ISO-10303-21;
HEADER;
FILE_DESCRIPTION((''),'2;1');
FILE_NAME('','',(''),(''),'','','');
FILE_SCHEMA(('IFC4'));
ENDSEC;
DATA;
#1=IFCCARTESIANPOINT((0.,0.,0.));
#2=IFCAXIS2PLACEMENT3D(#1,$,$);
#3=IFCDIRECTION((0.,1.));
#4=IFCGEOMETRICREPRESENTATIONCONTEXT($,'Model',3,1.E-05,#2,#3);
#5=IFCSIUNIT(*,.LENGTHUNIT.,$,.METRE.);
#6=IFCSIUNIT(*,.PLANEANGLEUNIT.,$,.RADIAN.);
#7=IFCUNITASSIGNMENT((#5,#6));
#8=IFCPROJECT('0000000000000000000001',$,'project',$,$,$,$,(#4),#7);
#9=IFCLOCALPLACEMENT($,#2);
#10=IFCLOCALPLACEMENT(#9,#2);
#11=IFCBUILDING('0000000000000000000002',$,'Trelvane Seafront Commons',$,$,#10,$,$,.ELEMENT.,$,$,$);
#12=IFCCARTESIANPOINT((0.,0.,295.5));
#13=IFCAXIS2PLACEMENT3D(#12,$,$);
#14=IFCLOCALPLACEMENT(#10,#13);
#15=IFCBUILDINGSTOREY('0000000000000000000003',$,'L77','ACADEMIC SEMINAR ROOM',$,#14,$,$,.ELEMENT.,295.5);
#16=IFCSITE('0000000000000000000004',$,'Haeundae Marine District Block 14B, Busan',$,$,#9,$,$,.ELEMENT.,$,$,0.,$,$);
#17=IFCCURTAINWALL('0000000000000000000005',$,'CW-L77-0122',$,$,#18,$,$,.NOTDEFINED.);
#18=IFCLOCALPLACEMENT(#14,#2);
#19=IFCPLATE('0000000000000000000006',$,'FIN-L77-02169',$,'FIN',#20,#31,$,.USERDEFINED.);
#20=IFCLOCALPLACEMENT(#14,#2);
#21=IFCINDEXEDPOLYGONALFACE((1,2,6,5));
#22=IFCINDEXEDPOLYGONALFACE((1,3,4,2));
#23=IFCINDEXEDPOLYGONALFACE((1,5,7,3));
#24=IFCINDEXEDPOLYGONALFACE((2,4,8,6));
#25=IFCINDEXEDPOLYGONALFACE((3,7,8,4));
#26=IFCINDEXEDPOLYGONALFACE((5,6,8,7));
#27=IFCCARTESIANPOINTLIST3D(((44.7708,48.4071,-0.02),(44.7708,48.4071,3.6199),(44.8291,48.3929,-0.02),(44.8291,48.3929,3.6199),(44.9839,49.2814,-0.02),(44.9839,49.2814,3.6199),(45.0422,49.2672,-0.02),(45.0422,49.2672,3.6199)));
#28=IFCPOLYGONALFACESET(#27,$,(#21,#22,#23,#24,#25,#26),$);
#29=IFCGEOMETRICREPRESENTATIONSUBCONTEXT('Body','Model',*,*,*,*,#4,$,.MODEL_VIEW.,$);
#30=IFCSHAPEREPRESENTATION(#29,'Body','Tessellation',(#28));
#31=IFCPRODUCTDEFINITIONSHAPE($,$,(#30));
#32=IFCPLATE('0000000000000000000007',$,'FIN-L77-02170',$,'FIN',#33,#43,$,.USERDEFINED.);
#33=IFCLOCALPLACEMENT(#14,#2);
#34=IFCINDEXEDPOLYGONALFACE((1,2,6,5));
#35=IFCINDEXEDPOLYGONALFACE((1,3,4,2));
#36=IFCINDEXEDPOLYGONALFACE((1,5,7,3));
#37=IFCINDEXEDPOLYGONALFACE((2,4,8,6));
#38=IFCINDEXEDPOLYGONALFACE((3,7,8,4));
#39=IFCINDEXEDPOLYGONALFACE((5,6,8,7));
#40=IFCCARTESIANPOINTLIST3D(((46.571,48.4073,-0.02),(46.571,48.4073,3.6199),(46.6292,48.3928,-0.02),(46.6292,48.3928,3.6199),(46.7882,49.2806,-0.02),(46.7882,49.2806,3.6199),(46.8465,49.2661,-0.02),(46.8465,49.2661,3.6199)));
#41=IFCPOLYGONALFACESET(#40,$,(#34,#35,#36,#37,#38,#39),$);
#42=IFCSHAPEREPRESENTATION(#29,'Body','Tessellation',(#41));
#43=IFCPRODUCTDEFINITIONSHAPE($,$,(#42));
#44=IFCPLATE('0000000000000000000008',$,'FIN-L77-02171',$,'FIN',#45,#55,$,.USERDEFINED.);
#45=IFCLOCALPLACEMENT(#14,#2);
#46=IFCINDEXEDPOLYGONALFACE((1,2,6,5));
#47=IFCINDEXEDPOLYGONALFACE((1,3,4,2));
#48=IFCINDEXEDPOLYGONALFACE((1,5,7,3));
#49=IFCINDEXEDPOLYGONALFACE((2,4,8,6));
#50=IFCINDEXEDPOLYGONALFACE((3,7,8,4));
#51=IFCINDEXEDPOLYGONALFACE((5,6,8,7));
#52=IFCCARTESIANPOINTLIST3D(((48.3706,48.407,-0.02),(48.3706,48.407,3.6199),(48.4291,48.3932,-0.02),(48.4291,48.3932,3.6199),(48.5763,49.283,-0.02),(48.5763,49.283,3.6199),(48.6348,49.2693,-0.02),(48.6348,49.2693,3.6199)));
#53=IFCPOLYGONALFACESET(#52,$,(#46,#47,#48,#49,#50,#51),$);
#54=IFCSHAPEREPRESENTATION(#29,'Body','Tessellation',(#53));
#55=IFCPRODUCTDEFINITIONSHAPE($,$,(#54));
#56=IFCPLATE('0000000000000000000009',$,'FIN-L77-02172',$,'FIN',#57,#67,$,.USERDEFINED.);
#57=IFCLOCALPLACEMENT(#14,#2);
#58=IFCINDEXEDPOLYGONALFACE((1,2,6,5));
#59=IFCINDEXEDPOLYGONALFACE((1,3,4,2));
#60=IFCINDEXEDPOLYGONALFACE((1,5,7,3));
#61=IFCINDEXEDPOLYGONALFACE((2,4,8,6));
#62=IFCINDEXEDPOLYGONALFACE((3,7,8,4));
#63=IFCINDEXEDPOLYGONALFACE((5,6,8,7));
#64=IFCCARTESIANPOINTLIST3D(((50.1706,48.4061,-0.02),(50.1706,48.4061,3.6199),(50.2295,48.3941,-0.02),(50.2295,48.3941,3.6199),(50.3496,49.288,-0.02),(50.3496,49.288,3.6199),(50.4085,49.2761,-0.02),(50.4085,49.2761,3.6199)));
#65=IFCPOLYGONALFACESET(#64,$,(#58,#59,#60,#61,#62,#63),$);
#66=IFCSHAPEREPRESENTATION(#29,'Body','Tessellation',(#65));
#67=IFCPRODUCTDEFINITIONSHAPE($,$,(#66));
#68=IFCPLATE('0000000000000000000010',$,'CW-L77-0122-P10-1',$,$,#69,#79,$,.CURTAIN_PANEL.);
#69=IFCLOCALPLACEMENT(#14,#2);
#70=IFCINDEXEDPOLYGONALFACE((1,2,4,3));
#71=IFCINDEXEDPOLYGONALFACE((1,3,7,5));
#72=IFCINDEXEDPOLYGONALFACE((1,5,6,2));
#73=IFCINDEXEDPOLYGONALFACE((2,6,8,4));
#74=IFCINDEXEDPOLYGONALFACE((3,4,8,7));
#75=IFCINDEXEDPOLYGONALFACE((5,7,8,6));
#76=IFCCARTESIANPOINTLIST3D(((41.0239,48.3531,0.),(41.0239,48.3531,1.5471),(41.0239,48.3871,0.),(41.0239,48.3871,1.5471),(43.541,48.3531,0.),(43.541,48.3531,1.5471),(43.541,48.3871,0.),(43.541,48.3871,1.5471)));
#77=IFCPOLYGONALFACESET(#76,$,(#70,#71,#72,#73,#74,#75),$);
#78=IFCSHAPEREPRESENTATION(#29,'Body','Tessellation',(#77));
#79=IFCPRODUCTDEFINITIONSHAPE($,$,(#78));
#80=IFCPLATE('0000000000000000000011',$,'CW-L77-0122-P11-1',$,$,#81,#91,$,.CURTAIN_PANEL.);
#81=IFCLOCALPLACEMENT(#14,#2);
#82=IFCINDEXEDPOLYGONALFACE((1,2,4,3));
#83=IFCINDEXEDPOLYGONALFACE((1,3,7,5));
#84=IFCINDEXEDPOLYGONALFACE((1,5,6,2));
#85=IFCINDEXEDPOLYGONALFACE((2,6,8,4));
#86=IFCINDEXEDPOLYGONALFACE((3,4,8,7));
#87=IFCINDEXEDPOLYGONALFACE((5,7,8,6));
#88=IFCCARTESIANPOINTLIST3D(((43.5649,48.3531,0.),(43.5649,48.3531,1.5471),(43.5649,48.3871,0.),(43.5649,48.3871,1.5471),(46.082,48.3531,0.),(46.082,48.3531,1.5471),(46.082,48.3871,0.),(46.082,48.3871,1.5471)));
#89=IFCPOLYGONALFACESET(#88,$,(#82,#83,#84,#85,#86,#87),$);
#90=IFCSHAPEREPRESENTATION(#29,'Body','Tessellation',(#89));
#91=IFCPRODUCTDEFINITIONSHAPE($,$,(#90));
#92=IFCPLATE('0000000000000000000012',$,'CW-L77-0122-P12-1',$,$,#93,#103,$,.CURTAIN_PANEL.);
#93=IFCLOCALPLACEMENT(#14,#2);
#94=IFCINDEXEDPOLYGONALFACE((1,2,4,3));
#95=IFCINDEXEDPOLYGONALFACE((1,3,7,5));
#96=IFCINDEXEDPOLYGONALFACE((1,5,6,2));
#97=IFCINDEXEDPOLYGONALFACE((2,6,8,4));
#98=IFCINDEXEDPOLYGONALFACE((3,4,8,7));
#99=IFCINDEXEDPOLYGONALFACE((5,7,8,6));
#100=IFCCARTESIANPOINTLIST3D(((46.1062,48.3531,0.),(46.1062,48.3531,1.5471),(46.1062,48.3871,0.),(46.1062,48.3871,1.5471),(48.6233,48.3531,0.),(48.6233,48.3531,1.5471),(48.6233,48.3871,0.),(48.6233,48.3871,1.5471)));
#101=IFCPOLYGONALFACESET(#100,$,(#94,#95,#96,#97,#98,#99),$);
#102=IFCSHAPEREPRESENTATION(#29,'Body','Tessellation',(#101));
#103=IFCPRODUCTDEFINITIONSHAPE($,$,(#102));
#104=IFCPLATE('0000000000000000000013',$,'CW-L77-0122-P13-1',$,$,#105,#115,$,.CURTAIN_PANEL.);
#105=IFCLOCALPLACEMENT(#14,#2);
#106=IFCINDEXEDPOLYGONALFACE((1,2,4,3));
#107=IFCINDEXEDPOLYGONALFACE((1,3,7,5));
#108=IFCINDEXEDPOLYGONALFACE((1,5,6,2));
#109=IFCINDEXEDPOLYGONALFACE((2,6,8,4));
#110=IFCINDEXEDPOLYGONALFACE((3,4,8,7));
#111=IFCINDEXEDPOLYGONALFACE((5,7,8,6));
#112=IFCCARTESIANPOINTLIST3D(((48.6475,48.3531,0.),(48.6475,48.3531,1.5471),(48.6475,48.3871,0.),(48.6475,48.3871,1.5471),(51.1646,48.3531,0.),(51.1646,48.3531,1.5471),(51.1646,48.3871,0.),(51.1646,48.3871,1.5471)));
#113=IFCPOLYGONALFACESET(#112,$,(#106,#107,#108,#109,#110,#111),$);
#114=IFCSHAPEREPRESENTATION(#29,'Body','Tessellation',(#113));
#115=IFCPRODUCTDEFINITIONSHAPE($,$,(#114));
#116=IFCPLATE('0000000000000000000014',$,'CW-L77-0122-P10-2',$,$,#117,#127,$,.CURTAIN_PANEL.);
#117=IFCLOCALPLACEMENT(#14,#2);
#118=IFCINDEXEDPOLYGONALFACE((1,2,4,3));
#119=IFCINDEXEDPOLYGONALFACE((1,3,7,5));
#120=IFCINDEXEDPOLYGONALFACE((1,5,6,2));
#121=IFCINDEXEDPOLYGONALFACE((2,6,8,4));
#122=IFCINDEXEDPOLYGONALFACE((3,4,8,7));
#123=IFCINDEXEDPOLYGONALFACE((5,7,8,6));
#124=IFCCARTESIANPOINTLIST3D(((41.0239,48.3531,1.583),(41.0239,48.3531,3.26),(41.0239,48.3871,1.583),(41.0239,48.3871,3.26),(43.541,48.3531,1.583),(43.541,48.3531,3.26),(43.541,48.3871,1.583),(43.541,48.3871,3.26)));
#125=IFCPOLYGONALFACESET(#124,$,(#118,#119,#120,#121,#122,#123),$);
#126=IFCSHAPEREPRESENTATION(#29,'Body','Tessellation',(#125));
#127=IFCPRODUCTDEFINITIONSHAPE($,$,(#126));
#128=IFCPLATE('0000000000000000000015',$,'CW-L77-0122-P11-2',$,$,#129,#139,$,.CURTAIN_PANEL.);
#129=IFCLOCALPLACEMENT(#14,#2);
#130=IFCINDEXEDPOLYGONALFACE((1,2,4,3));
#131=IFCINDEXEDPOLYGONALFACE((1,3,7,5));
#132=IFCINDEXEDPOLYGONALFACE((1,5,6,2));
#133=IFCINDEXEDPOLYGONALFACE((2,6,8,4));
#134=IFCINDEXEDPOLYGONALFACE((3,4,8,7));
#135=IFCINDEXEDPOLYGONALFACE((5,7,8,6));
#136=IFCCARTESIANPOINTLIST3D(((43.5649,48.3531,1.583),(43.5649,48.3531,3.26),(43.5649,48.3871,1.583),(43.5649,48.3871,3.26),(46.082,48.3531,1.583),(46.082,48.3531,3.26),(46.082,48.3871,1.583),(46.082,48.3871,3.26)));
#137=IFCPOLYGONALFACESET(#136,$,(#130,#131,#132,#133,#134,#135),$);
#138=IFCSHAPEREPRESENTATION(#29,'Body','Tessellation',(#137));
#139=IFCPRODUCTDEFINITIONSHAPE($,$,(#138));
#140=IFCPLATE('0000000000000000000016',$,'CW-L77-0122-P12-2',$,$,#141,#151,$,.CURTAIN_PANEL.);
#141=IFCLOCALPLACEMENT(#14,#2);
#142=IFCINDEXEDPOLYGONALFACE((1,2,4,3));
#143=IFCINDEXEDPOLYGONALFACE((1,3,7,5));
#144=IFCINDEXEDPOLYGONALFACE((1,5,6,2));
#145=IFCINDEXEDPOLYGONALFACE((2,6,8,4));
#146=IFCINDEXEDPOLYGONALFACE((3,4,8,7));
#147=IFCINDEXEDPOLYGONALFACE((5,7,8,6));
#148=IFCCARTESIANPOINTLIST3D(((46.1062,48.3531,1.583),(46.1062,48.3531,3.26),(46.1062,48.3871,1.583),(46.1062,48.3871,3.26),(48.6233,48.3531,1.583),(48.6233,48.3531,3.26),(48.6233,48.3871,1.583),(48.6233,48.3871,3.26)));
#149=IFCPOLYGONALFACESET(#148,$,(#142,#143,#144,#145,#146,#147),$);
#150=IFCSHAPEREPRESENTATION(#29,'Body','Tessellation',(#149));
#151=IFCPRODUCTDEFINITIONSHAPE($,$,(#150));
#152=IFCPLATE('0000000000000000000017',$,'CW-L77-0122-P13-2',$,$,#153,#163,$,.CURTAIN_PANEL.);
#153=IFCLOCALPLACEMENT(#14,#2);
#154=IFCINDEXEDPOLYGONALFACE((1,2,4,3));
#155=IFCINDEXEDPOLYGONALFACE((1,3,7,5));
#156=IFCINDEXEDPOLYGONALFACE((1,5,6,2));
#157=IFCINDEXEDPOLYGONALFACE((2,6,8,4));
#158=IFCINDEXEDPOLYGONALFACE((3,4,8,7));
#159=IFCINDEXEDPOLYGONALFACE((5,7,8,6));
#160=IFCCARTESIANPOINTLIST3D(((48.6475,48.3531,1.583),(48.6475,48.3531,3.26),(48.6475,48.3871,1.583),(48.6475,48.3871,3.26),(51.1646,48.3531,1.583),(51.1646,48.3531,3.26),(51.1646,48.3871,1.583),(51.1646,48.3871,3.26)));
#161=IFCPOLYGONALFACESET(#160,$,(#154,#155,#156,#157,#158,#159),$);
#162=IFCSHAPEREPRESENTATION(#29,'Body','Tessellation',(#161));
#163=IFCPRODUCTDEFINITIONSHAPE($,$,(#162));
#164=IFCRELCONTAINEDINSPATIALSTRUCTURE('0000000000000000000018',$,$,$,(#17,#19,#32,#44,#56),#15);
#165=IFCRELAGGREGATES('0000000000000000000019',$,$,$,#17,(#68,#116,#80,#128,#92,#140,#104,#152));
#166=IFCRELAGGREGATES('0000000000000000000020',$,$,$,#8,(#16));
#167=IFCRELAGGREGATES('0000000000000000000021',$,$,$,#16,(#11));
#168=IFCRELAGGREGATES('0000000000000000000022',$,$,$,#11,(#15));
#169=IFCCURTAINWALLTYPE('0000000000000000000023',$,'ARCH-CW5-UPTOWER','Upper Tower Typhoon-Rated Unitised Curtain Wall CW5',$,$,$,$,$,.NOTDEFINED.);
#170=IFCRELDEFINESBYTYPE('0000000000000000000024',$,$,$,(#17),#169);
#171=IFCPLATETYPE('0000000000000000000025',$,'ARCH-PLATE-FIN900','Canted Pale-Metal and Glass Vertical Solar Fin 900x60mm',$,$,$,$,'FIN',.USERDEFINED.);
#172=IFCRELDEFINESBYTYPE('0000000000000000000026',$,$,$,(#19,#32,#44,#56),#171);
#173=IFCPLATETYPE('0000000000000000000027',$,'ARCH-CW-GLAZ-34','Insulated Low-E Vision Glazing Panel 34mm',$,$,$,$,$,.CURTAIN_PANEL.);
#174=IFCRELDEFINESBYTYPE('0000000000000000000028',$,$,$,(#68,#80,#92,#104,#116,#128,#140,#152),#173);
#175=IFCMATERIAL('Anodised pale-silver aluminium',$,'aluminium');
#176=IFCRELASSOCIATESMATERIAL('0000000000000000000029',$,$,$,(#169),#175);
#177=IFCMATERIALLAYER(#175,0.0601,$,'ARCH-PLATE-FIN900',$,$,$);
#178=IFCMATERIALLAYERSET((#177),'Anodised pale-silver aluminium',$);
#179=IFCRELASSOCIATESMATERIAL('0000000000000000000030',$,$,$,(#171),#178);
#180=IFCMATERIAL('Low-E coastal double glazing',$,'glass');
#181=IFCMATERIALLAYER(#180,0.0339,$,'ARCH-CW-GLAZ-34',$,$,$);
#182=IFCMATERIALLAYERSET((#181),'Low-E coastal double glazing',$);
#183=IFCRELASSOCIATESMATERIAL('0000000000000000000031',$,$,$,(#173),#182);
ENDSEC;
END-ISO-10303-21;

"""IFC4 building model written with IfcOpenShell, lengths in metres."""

from ifc_helpers import new_model, si_unit, direction, frame, origin, origin_2d, place, context, subcontext, project, spatial, rectangle, extrude, source, transform, mapped, material, layer, layer_set, type_object, element, aggregate, save


model = new_model("IFC4")

# Units and contexts
model_context = context("Model", 3, precision=1e-05, world=origin(), true_north=direction((0.0, 1.0)))
body_context = subcontext(model_context, "Body", "Model", "MODEL_VIEW")
ifc_project = project(units=[si_unit("LENGTHUNIT", "METRE"), si_unit("PLANEANGLEUNIT", "RADIAN")], contexts=[model_context])

# Site, building, storey
site_placement = place(None, origin())
site = spatial("IfcSite", under=ifc_project, at=site_placement, Name="Haeundae Marine District Block 14B, Busan", CompositionType="ELEMENT", RefElevation=0.0)
building_placement = place(site_placement, origin())
building = spatial("IfcBuilding", under=site, at=building_placement, Name="Trelvane Seafront Commons", CompositionType="ELEMENT")
storey_placement = place(building_placement, frame((0.0, 0.0, 295.5)))
storey = spatial("IfcBuildingStorey", under=building, at=storey_placement, Name="L77", Description="ACADEMIC SEMINAR ROOM", CompositionType="ELEMENT", Elevation=295.5)

# Curtain wall
ifc_material_1 = material(Name="Anodised pale-silver aluminium", Category="aluminium")
curtain_wall_type = type_object("IfcCurtainWallType", Name="ARCH-CW5-UPTOWER", Description="Upper Tower Typhoon-Rated Unitised Curtain Wall CW5", PredefinedType="NOTDEFINED", material=ifc_material_1)
curtain_wall_placement = place(storey_placement, origin())
curtain_wall = element("IfcCurtainWall", 1, at=curtain_wall_placement, inside=storey, type_object=curtain_wall_type, Name="CW-L77-0122", PredefinedType="NOTDEFINED")

# Plates
ifc_layer_1 = layer(ifc_material_1, 0.0601, Name="ARCH-PLATE-FIN900")
ifc_layer_set_1 = layer_set([ifc_layer_1], Name="Anodised pale-silver aluminium")
plate_type_1 = type_object("IfcPlateType", Name="ARCH-PLATE-FIN900", Description="Canted Pale-Metal and Glass Vertical Solar Fin 900x60mm", ElementType="FIN", PredefinedType="USERDEFINED", material=ifc_layer_set_1)
shared_shape_1 = source(origin(), body_context, "Body", "SweptSolid", [
    extrude(rectangle(XDim=0.8999, YDim=0.0601, at=origin_2d()), origin(), (0.0, 0.0, 1.0), 3.6399),
])
for number, where, z_axis, x_axis, name in (
    (2, (44.9065, 48.8372, -0.02), (0.0, 0.0, 1.0), (0.23678, 0.971563, 0.0), "FIN-L77-02169"),
    (3, (46.7087, 48.8367, -0.02), (0.0, 0.0, 1.0), (0.241438, 0.970416, 0.0), "FIN-L77-02170"),
    (4, (48.5027, 48.8381, -0.02), (0.0, 0.0, 1.0), (0.22855, 0.973532, 0.0), "FIN-L77-02171"),
    (5, (50.2896, 48.8411, -0.02), (0.0, 0.0, 1.0), (0.198892, 0.980021, 0.0), "FIN-L77-02172"),
):
    element("IfcPlate", number, at=place(storey_placement, frame(where, z_axis=z_axis, x_axis=x_axis)), inside=storey, type_object=plate_type_1, Name=name, ObjectType="FIN", PredefinedType="USERDEFINED", context=body_context, shape_type="MappedRepresentation", body=[
        mapped(shared_shape_1, transform((0.0, 0.0, 0.0), x_axis=(1.0, 0.0, 0.0), y_axis=(0.0, 1.0, 0.0), z_axis=(0.0, 0.0, 1.0), scale=1.0)),
    ])

# Plates
ifc_material_2 = material(Name="Low-E coastal double glazing", Category="glass")
ifc_layer_2 = layer(ifc_material_2, 0.0339, Name="ARCH-CW-GLAZ-34")
ifc_layer_set_2 = layer_set([ifc_layer_2], Name="Low-E coastal double glazing")
plate_type_2 = type_object("IfcPlateType", Name="ARCH-CW-GLAZ-34", Description="Insulated Low-E Vision Glazing Panel 34mm", PredefinedType="CURTAIN_PANEL", material=ifc_layer_set_2)
shared_shape_2 = source(origin(), body_context, "Body", "SweptSolid", [
    extrude(rectangle(XDim=2.5171, YDim=0.0339, at=origin_2d()), origin(), (0.0, 0.0, 1.0), 1.5471),
])
plate_1_placement = place(storey_placement, frame((42.2825, 48.3701, 0.0), z_axis=(0.0, 0.0, 1.0), x_axis=(1.0, 0.0, 0.0)))
plate_1 = element("IfcPlate", 6, at=plate_1_placement, type_object=plate_type_2, Name="CW-L77-0122-P10-1", PredefinedType="CURTAIN_PANEL", context=body_context, shape_type="MappedRepresentation", body=[
    mapped(shared_shape_2, transform((0.0, 0.0, 0.0), x_axis=(1.0, 0.0, 0.0), y_axis=(0.0, 1.0, 0.0), z_axis=(0.0, 0.0, 1.0), scale=1.0)),
])
plate_2_placement = place(storey_placement, frame((44.8235, 48.3701, 0.0), z_axis=(0.0, 0.0, 1.0), x_axis=(1.0, 0.0, 0.0)))
plate_2 = element("IfcPlate", 7, at=plate_2_placement, type_object=plate_type_2, Name="CW-L77-0122-P11-1", PredefinedType="CURTAIN_PANEL", context=body_context, shape_type="MappedRepresentation", body=[
    mapped(shared_shape_2, transform((0.0, 0.0, 0.0), x_axis=(1.0, 0.0, 0.0), y_axis=(0.0, 1.0, 0.0), z_axis=(0.0, 0.0, 1.0), scale=1.0)),
])
plate_3_placement = place(storey_placement, frame((47.3647, 48.3701, 0.0), z_axis=(0.0, 0.0, 1.0), x_axis=(1.0, 0.0, 0.0)))
plate_3 = element("IfcPlate", 8, at=plate_3_placement, type_object=plate_type_2, Name="CW-L77-0122-P12-1", PredefinedType="CURTAIN_PANEL", context=body_context, shape_type="MappedRepresentation", body=[
    mapped(shared_shape_2, transform((0.0, 0.0, 0.0), x_axis=(1.0, 0.0, 0.0), y_axis=(0.0, 1.0, 0.0), z_axis=(0.0, 0.0, 1.0), scale=1.0)),
])
plate_4_placement = place(storey_placement, frame((49.906, 48.3701, 0.0), z_axis=(0.0, 0.0, 1.0), x_axis=(1.0, 0.0, 0.0)))
plate_4 = element("IfcPlate", 9, at=plate_4_placement, type_object=plate_type_2, Name="CW-L77-0122-P13-1", PredefinedType="CURTAIN_PANEL", context=body_context, shape_type="MappedRepresentation", body=[
    mapped(shared_shape_2, transform((0.0, 0.0, 0.0), x_axis=(1.0, 0.0, 0.0), y_axis=(0.0, 1.0, 0.0), z_axis=(0.0, 0.0, 1.0), scale=1.0)),
])
shared_shape_3 = source(origin(), body_context, "Body", "SweptSolid", [
    extrude(rectangle(XDim=2.5171, YDim=0.0339, at=origin_2d()), origin(), (0.0, 0.0, 1.0), 1.677),
])
plate_5_placement = place(storey_placement, frame((42.2825, 48.3701, 1.583), z_axis=(0.0, 0.0, 1.0), x_axis=(1.0, 0.0, 0.0)))
plate_5 = element("IfcPlate", 10, at=plate_5_placement, type_object=plate_type_2, Name="CW-L77-0122-P10-2", PredefinedType="CURTAIN_PANEL", context=body_context, shape_type="MappedRepresentation", body=[
    mapped(shared_shape_3, transform((0.0, 0.0, 0.0), x_axis=(1.0, 0.0, 0.0), y_axis=(0.0, 1.0, 0.0), z_axis=(0.0, 0.0, 1.0), scale=1.0)),
])
plate_6_placement = place(storey_placement, frame((44.8235, 48.3701, 1.583), z_axis=(0.0, 0.0, 1.0), x_axis=(1.0, 0.0, 0.0)))
plate_6 = element("IfcPlate", 11, at=plate_6_placement, type_object=plate_type_2, Name="CW-L77-0122-P11-2", PredefinedType="CURTAIN_PANEL", context=body_context, shape_type="MappedRepresentation", body=[
    mapped(shared_shape_3, transform((0.0, 0.0, 0.0), x_axis=(1.0, 0.0, 0.0), y_axis=(0.0, 1.0, 0.0), z_axis=(0.0, 0.0, 1.0), scale=1.0)),
])
plate_7_placement = place(storey_placement, frame((47.3647, 48.3701, 1.583), z_axis=(0.0, 0.0, 1.0), x_axis=(1.0, 0.0, 0.0)))
plate_7 = element("IfcPlate", 12, at=plate_7_placement, type_object=plate_type_2, Name="CW-L77-0122-P12-2", PredefinedType="CURTAIN_PANEL", context=body_context, shape_type="MappedRepresentation", body=[
    mapped(shared_shape_3, transform((0.0, 0.0, 0.0), x_axis=(1.0, 0.0, 0.0), y_axis=(0.0, 1.0, 0.0), z_axis=(0.0, 0.0, 1.0), scale=1.0)),
])
plate_8_placement = place(storey_placement, frame((49.906, 48.3701, 1.583), z_axis=(0.0, 0.0, 1.0), x_axis=(1.0, 0.0, 0.0)))
plate_8 = element("IfcPlate", 13, at=plate_8_placement, type_object=plate_type_2, Name="CW-L77-0122-P13-2", PredefinedType="CURTAIN_PANEL", context=body_context, shape_type="MappedRepresentation", body=[
    mapped(shared_shape_3, transform((0.0, 0.0, 0.0), x_axis=(1.0, 0.0, 0.0), y_axis=(0.0, 1.0, 0.0), z_axis=(0.0, 0.0, 1.0), scale=1.0)),
])
aggregate(curtain_wall, [plate_1, plate_5, plate_2, plate_6, plate_3, plate_7, plate_4, plate_8])

save(model, "model.ifc")
